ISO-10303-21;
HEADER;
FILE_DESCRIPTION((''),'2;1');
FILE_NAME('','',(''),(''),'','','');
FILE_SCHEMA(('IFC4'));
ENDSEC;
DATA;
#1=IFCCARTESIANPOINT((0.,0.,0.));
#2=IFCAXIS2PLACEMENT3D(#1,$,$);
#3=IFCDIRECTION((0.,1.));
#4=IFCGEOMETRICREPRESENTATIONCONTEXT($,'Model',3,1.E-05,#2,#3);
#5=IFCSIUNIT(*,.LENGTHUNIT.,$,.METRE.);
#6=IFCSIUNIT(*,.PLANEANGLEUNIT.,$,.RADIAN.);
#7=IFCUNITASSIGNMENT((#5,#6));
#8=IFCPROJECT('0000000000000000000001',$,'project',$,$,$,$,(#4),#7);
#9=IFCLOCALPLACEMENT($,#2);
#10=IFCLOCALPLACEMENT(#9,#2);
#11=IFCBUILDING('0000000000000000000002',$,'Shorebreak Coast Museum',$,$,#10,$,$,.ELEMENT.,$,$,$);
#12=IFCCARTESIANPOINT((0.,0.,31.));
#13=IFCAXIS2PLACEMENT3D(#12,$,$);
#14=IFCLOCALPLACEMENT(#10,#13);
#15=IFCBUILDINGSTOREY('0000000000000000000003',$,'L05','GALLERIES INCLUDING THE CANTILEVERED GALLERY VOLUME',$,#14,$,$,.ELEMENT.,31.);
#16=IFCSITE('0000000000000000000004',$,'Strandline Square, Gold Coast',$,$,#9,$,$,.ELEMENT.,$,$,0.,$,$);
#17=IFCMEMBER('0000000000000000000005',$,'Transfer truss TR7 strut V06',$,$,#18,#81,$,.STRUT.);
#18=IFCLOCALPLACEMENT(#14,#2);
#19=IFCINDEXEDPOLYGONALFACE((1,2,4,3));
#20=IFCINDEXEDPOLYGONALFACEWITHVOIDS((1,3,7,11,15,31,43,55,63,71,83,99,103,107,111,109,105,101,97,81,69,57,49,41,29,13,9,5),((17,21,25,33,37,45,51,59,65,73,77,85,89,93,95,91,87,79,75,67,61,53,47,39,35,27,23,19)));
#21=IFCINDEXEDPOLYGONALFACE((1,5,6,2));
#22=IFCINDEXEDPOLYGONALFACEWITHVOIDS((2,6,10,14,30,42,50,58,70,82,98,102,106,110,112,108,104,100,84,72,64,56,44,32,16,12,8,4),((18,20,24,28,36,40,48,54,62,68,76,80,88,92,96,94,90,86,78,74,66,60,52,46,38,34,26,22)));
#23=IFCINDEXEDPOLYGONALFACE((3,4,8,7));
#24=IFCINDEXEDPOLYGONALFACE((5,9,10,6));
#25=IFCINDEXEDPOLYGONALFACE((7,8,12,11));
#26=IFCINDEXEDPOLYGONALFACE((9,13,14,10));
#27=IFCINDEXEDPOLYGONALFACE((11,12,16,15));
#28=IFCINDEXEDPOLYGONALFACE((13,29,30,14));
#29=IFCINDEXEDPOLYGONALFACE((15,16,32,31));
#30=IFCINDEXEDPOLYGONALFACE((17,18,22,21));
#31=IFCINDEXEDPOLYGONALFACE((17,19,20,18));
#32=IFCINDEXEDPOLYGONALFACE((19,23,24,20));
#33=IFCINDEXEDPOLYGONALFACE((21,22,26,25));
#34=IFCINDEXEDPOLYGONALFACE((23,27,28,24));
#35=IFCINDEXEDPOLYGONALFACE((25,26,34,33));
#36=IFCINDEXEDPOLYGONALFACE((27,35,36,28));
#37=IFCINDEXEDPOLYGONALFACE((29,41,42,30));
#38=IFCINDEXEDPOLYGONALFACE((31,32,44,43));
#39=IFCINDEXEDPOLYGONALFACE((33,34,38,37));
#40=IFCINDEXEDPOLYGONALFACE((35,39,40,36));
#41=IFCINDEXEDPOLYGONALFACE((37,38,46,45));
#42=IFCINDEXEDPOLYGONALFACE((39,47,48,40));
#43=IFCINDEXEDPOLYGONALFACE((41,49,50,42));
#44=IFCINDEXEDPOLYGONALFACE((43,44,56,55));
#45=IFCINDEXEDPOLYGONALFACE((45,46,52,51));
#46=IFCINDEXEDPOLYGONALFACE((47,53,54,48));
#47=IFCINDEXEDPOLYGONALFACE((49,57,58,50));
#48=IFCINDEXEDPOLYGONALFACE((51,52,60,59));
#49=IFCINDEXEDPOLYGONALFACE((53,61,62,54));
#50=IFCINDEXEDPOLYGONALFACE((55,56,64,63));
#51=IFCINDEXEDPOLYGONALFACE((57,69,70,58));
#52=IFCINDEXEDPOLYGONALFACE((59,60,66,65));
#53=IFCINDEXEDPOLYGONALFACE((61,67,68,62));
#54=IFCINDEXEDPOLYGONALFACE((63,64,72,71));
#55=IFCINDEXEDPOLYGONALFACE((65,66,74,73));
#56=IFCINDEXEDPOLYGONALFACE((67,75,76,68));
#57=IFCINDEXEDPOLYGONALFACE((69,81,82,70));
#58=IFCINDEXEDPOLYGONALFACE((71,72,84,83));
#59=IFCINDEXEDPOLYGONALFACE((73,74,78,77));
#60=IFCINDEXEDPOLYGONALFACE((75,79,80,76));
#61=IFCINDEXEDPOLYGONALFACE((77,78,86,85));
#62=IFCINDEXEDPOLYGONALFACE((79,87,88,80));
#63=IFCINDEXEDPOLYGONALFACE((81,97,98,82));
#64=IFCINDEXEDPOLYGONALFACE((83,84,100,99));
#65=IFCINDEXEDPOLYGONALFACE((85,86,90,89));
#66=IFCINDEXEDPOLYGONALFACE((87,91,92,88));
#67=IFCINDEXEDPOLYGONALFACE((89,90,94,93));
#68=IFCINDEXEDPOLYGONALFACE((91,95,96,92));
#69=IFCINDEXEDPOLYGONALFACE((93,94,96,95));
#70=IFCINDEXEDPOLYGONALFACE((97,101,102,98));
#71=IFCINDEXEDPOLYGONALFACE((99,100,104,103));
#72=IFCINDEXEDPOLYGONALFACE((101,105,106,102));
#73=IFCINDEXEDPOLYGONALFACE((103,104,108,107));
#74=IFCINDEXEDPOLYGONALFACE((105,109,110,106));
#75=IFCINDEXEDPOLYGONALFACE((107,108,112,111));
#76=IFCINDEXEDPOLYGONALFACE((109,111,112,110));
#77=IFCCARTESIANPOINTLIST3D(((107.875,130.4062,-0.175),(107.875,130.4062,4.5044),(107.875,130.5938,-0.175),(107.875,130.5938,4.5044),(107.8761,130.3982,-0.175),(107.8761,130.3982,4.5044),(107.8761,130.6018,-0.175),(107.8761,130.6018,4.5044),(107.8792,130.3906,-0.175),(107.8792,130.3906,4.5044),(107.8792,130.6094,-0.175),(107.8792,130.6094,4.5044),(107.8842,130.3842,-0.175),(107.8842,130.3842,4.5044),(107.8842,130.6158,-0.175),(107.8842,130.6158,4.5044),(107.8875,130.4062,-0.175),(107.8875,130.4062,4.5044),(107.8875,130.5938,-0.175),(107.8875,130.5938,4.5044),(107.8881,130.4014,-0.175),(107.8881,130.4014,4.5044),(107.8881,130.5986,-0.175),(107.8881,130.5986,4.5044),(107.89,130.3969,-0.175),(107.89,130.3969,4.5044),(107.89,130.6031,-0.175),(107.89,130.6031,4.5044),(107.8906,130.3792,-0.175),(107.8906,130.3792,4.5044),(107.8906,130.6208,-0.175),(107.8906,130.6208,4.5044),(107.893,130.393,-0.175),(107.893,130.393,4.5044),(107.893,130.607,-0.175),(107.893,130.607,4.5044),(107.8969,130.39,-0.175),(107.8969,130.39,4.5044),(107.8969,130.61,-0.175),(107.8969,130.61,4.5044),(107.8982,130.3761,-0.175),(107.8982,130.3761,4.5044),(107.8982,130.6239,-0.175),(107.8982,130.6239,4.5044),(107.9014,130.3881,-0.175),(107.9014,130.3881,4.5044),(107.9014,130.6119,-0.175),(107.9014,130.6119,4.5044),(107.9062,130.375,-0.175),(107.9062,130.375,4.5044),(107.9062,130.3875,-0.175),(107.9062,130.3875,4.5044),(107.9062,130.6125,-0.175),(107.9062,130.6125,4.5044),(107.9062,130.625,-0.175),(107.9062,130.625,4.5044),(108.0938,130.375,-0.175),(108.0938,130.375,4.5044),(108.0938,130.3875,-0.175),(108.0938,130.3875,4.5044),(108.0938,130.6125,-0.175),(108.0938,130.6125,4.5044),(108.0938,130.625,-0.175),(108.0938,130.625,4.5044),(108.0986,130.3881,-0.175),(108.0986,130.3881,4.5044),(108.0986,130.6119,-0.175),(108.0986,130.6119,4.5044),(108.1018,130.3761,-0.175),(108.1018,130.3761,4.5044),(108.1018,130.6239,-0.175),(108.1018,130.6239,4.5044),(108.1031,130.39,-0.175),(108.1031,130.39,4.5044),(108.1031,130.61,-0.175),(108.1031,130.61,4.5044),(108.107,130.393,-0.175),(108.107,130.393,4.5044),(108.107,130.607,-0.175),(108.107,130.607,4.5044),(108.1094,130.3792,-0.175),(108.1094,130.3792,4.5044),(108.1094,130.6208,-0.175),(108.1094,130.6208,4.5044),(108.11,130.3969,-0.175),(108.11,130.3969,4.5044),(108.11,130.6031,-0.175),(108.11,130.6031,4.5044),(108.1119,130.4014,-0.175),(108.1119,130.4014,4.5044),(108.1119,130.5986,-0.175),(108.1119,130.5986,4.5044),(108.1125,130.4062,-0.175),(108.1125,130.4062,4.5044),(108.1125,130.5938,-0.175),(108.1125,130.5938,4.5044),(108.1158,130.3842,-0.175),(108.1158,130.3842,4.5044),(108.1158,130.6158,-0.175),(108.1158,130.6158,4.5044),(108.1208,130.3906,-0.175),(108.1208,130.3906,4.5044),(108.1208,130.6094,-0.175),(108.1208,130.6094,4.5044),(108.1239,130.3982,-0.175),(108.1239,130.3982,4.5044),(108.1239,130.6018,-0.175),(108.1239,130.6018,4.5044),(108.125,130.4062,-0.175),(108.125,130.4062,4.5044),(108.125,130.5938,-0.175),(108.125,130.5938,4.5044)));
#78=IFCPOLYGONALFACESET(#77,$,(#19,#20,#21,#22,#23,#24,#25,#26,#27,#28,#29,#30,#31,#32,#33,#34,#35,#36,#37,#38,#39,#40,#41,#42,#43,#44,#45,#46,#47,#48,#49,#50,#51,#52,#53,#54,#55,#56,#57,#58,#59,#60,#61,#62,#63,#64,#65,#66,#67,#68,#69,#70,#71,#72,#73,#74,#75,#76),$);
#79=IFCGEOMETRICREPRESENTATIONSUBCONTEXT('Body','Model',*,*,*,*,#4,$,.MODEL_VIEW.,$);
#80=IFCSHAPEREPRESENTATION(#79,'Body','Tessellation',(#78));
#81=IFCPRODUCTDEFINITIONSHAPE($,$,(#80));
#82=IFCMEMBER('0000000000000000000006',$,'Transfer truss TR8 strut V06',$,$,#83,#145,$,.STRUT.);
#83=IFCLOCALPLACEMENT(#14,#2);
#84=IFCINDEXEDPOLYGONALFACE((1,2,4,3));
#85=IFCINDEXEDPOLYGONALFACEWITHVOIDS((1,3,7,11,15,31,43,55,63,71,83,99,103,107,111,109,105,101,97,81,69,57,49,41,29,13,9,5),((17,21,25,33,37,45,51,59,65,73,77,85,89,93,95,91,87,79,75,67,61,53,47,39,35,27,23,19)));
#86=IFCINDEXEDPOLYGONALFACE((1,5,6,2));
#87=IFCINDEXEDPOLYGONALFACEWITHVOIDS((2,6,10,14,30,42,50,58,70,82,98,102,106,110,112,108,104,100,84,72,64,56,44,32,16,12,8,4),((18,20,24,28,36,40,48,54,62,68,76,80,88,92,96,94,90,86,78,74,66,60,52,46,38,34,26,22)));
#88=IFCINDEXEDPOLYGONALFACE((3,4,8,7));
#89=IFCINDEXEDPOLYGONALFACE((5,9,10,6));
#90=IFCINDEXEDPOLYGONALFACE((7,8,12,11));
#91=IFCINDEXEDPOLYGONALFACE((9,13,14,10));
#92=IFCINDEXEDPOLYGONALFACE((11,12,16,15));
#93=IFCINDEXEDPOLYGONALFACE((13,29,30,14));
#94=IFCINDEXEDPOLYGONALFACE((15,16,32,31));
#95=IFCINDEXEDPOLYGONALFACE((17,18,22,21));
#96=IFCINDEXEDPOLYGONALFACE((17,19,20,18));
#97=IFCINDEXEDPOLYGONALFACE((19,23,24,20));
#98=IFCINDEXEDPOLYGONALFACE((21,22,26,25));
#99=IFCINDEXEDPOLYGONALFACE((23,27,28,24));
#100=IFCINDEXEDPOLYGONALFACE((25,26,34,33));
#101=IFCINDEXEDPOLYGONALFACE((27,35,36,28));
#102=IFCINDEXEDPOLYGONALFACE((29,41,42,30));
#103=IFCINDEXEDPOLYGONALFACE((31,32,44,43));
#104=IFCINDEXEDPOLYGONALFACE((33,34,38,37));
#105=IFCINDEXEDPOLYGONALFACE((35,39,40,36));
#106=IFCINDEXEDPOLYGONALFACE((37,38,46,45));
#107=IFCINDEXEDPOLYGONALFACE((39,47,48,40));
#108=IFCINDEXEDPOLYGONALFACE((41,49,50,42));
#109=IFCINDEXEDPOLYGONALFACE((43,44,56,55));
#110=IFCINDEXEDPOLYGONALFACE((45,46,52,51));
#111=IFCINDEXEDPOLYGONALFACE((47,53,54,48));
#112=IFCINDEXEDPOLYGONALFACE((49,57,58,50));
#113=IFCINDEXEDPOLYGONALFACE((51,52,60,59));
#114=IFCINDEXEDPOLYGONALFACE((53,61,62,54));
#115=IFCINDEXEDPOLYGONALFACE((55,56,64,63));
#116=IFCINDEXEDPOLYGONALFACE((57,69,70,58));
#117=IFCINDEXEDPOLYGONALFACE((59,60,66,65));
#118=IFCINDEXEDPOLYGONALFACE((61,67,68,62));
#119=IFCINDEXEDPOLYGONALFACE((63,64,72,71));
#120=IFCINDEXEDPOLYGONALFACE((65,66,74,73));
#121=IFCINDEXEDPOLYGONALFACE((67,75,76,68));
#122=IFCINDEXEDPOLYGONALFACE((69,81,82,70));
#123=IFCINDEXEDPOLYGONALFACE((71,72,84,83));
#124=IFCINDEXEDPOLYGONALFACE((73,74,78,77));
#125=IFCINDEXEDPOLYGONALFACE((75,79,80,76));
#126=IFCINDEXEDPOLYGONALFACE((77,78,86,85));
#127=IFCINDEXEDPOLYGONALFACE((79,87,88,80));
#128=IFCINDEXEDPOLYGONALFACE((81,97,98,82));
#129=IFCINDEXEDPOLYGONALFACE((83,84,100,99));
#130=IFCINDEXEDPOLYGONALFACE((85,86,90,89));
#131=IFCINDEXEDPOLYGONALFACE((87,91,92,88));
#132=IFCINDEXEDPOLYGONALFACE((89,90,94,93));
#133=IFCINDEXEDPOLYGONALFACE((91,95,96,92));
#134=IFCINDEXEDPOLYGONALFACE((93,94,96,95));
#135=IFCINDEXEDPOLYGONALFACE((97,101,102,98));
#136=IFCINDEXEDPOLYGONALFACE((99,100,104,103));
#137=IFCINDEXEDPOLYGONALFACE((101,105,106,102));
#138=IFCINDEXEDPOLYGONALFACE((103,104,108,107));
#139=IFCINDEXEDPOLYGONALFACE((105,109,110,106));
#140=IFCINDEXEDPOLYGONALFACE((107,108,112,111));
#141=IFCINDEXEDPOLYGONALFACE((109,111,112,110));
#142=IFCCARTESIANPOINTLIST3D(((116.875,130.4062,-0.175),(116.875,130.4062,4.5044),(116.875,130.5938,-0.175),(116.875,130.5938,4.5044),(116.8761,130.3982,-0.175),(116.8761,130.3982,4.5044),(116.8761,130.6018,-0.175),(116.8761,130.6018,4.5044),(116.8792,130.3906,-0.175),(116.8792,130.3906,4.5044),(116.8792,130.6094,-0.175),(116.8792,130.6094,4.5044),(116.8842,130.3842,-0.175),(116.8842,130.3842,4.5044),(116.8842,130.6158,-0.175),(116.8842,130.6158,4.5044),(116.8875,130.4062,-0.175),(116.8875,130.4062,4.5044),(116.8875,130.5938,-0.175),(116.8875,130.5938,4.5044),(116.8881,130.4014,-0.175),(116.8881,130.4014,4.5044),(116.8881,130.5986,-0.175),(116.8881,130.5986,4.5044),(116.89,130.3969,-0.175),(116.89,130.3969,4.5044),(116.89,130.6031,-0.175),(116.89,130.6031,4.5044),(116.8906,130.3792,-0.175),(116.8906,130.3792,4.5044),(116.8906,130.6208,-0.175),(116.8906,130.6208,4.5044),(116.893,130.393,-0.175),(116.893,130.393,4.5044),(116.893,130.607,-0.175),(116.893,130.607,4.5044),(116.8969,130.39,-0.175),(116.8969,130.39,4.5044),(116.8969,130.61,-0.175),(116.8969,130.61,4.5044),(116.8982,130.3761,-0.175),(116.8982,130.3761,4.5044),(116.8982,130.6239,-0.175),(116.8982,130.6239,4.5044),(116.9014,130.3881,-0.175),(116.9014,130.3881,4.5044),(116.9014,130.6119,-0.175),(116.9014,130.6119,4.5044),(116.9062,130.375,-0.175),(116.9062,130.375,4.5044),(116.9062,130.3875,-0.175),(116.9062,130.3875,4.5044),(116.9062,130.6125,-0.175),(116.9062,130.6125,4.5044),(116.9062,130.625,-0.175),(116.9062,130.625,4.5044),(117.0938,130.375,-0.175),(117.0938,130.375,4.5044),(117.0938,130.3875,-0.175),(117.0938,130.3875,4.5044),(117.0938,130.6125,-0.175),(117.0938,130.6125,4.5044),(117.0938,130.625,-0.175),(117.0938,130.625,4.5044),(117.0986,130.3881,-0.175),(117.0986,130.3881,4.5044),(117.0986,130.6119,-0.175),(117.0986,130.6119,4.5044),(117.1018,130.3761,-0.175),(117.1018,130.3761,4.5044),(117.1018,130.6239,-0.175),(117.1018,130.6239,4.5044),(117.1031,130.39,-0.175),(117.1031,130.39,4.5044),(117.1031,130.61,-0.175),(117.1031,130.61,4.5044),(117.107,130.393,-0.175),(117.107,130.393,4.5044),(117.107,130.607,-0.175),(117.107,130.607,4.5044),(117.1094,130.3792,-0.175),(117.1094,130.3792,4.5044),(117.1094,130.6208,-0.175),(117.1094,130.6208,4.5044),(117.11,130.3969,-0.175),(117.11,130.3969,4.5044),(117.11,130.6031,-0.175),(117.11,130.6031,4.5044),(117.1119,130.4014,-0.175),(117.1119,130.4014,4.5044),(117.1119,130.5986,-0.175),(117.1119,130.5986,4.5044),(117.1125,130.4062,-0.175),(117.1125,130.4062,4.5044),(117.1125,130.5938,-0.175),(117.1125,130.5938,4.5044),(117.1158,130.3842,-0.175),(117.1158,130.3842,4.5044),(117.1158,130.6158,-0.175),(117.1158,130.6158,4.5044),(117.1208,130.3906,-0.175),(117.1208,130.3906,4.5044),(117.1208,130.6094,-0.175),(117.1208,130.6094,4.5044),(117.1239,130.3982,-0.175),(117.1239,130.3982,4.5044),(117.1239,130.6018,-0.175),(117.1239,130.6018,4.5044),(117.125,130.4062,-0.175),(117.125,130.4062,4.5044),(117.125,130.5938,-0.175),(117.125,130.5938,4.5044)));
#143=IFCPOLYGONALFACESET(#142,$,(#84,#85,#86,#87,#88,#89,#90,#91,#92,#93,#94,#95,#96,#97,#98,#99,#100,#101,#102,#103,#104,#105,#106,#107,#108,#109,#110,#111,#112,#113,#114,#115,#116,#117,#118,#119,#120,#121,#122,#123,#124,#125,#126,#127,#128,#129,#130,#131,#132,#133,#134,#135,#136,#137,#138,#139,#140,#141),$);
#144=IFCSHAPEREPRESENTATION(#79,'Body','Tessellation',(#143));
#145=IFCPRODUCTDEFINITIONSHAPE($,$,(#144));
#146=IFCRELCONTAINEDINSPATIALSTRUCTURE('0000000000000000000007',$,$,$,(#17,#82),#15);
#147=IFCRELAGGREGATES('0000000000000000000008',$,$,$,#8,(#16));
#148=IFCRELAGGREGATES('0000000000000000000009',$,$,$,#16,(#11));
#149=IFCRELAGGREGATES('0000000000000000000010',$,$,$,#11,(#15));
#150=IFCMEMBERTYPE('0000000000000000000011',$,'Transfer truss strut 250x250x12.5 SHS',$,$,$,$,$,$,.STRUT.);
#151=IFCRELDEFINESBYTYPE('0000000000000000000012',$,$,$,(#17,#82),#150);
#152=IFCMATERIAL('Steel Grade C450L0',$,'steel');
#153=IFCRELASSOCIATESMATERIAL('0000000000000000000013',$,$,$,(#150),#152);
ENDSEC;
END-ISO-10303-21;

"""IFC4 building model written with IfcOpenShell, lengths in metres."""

from ifc_helpers import new_model, si_unit, direction, frame, origin, origin_2d, place, context, subcontext, project, spatial, hollow_rectangle, extrude, material, material_profile, profile_set, type_object, element, save


model = new_model("IFC4")

# Units and contexts
model_context = context("Model", 3, precision=1e-05, world=origin(), true_north=direction((0.0, 1.0)))
body_context = subcontext(model_context, "Body", "Model", "MODEL_VIEW")
ifc_project = project(units=[si_unit("LENGTHUNIT", "METRE"), si_unit("PLANEANGLEUNIT", "RADIAN")], contexts=[model_context])

# Site, building, storey
site_placement = place(None, origin())
site = spatial("IfcSite", under=ifc_project, at=site_placement, Name="Strandline Square, Gold Coast", CompositionType="ELEMENT", RefElevation=0.0)
building_placement = place(site_placement, origin())
building = spatial("IfcBuilding", under=site, at=building_placement, Name="Shorebreak Coast Museum", CompositionType="ELEMENT")
storey_placement = place(building_placement, frame((0.0, 0.0, 31.0)))
storey = spatial("IfcBuildingStorey", under=building, at=storey_placement, Name="L05", Description="GALLERIES INCLUDING THE CANTILEVERED GALLERY VOLUME", CompositionType="ELEMENT", Elevation=31.0)

# Members
ifc_material_1 = material(Name="Steel Grade C450L0", Category="steel")
ifc_material_profile_1 = material_profile(ifc_material_1, hollow_rectangle(XDim=0.25, YDim=0.25, WallThickness=0.0125, InnerFilletRadius=0.0188, OuterFilletRadius=0.0312, at=origin_2d()), Name="250x250x12.5 SHS")
ifc_profile_set_1 = profile_set([ifc_material_profile_1], Name="Steel Grade C450L0")
member_type_1 = type_object("IfcMemberType", Name="Transfer truss strut 250x250x12.5 SHS", PredefinedType="STRUT", material=ifc_profile_set_1)
for number, where, z_axis, x_axis, name in (
    (1, (108.0, 130.5, -0.175), (0.0, 0.0, 1.0), (1.0, 0.0, 0.0), "Transfer truss TR7 strut V06"),
    (2, (117.0, 130.5, -0.175), (0.0, 0.0, 1.0), (1.0, 0.0, 0.0), "Transfer truss TR8 strut V06"),
):
    element("IfcMember", number, at=place(storey_placement, frame(where, z_axis=z_axis, x_axis=x_axis)), inside=storey, type_object=member_type_1, Name=name, PredefinedType="STRUT", context=body_context, shape_type="SweptSolid", body=[
        extrude(hollow_rectangle(XDim=0.25, YDim=0.25, WallThickness=0.0125, InnerFilletRadius=0.0188, OuterFilletRadius=0.0312, at=origin_2d()), origin(), (0.0, 0.0, 1.0), 4.6794),
    ])

save(model, "model.ifc")
